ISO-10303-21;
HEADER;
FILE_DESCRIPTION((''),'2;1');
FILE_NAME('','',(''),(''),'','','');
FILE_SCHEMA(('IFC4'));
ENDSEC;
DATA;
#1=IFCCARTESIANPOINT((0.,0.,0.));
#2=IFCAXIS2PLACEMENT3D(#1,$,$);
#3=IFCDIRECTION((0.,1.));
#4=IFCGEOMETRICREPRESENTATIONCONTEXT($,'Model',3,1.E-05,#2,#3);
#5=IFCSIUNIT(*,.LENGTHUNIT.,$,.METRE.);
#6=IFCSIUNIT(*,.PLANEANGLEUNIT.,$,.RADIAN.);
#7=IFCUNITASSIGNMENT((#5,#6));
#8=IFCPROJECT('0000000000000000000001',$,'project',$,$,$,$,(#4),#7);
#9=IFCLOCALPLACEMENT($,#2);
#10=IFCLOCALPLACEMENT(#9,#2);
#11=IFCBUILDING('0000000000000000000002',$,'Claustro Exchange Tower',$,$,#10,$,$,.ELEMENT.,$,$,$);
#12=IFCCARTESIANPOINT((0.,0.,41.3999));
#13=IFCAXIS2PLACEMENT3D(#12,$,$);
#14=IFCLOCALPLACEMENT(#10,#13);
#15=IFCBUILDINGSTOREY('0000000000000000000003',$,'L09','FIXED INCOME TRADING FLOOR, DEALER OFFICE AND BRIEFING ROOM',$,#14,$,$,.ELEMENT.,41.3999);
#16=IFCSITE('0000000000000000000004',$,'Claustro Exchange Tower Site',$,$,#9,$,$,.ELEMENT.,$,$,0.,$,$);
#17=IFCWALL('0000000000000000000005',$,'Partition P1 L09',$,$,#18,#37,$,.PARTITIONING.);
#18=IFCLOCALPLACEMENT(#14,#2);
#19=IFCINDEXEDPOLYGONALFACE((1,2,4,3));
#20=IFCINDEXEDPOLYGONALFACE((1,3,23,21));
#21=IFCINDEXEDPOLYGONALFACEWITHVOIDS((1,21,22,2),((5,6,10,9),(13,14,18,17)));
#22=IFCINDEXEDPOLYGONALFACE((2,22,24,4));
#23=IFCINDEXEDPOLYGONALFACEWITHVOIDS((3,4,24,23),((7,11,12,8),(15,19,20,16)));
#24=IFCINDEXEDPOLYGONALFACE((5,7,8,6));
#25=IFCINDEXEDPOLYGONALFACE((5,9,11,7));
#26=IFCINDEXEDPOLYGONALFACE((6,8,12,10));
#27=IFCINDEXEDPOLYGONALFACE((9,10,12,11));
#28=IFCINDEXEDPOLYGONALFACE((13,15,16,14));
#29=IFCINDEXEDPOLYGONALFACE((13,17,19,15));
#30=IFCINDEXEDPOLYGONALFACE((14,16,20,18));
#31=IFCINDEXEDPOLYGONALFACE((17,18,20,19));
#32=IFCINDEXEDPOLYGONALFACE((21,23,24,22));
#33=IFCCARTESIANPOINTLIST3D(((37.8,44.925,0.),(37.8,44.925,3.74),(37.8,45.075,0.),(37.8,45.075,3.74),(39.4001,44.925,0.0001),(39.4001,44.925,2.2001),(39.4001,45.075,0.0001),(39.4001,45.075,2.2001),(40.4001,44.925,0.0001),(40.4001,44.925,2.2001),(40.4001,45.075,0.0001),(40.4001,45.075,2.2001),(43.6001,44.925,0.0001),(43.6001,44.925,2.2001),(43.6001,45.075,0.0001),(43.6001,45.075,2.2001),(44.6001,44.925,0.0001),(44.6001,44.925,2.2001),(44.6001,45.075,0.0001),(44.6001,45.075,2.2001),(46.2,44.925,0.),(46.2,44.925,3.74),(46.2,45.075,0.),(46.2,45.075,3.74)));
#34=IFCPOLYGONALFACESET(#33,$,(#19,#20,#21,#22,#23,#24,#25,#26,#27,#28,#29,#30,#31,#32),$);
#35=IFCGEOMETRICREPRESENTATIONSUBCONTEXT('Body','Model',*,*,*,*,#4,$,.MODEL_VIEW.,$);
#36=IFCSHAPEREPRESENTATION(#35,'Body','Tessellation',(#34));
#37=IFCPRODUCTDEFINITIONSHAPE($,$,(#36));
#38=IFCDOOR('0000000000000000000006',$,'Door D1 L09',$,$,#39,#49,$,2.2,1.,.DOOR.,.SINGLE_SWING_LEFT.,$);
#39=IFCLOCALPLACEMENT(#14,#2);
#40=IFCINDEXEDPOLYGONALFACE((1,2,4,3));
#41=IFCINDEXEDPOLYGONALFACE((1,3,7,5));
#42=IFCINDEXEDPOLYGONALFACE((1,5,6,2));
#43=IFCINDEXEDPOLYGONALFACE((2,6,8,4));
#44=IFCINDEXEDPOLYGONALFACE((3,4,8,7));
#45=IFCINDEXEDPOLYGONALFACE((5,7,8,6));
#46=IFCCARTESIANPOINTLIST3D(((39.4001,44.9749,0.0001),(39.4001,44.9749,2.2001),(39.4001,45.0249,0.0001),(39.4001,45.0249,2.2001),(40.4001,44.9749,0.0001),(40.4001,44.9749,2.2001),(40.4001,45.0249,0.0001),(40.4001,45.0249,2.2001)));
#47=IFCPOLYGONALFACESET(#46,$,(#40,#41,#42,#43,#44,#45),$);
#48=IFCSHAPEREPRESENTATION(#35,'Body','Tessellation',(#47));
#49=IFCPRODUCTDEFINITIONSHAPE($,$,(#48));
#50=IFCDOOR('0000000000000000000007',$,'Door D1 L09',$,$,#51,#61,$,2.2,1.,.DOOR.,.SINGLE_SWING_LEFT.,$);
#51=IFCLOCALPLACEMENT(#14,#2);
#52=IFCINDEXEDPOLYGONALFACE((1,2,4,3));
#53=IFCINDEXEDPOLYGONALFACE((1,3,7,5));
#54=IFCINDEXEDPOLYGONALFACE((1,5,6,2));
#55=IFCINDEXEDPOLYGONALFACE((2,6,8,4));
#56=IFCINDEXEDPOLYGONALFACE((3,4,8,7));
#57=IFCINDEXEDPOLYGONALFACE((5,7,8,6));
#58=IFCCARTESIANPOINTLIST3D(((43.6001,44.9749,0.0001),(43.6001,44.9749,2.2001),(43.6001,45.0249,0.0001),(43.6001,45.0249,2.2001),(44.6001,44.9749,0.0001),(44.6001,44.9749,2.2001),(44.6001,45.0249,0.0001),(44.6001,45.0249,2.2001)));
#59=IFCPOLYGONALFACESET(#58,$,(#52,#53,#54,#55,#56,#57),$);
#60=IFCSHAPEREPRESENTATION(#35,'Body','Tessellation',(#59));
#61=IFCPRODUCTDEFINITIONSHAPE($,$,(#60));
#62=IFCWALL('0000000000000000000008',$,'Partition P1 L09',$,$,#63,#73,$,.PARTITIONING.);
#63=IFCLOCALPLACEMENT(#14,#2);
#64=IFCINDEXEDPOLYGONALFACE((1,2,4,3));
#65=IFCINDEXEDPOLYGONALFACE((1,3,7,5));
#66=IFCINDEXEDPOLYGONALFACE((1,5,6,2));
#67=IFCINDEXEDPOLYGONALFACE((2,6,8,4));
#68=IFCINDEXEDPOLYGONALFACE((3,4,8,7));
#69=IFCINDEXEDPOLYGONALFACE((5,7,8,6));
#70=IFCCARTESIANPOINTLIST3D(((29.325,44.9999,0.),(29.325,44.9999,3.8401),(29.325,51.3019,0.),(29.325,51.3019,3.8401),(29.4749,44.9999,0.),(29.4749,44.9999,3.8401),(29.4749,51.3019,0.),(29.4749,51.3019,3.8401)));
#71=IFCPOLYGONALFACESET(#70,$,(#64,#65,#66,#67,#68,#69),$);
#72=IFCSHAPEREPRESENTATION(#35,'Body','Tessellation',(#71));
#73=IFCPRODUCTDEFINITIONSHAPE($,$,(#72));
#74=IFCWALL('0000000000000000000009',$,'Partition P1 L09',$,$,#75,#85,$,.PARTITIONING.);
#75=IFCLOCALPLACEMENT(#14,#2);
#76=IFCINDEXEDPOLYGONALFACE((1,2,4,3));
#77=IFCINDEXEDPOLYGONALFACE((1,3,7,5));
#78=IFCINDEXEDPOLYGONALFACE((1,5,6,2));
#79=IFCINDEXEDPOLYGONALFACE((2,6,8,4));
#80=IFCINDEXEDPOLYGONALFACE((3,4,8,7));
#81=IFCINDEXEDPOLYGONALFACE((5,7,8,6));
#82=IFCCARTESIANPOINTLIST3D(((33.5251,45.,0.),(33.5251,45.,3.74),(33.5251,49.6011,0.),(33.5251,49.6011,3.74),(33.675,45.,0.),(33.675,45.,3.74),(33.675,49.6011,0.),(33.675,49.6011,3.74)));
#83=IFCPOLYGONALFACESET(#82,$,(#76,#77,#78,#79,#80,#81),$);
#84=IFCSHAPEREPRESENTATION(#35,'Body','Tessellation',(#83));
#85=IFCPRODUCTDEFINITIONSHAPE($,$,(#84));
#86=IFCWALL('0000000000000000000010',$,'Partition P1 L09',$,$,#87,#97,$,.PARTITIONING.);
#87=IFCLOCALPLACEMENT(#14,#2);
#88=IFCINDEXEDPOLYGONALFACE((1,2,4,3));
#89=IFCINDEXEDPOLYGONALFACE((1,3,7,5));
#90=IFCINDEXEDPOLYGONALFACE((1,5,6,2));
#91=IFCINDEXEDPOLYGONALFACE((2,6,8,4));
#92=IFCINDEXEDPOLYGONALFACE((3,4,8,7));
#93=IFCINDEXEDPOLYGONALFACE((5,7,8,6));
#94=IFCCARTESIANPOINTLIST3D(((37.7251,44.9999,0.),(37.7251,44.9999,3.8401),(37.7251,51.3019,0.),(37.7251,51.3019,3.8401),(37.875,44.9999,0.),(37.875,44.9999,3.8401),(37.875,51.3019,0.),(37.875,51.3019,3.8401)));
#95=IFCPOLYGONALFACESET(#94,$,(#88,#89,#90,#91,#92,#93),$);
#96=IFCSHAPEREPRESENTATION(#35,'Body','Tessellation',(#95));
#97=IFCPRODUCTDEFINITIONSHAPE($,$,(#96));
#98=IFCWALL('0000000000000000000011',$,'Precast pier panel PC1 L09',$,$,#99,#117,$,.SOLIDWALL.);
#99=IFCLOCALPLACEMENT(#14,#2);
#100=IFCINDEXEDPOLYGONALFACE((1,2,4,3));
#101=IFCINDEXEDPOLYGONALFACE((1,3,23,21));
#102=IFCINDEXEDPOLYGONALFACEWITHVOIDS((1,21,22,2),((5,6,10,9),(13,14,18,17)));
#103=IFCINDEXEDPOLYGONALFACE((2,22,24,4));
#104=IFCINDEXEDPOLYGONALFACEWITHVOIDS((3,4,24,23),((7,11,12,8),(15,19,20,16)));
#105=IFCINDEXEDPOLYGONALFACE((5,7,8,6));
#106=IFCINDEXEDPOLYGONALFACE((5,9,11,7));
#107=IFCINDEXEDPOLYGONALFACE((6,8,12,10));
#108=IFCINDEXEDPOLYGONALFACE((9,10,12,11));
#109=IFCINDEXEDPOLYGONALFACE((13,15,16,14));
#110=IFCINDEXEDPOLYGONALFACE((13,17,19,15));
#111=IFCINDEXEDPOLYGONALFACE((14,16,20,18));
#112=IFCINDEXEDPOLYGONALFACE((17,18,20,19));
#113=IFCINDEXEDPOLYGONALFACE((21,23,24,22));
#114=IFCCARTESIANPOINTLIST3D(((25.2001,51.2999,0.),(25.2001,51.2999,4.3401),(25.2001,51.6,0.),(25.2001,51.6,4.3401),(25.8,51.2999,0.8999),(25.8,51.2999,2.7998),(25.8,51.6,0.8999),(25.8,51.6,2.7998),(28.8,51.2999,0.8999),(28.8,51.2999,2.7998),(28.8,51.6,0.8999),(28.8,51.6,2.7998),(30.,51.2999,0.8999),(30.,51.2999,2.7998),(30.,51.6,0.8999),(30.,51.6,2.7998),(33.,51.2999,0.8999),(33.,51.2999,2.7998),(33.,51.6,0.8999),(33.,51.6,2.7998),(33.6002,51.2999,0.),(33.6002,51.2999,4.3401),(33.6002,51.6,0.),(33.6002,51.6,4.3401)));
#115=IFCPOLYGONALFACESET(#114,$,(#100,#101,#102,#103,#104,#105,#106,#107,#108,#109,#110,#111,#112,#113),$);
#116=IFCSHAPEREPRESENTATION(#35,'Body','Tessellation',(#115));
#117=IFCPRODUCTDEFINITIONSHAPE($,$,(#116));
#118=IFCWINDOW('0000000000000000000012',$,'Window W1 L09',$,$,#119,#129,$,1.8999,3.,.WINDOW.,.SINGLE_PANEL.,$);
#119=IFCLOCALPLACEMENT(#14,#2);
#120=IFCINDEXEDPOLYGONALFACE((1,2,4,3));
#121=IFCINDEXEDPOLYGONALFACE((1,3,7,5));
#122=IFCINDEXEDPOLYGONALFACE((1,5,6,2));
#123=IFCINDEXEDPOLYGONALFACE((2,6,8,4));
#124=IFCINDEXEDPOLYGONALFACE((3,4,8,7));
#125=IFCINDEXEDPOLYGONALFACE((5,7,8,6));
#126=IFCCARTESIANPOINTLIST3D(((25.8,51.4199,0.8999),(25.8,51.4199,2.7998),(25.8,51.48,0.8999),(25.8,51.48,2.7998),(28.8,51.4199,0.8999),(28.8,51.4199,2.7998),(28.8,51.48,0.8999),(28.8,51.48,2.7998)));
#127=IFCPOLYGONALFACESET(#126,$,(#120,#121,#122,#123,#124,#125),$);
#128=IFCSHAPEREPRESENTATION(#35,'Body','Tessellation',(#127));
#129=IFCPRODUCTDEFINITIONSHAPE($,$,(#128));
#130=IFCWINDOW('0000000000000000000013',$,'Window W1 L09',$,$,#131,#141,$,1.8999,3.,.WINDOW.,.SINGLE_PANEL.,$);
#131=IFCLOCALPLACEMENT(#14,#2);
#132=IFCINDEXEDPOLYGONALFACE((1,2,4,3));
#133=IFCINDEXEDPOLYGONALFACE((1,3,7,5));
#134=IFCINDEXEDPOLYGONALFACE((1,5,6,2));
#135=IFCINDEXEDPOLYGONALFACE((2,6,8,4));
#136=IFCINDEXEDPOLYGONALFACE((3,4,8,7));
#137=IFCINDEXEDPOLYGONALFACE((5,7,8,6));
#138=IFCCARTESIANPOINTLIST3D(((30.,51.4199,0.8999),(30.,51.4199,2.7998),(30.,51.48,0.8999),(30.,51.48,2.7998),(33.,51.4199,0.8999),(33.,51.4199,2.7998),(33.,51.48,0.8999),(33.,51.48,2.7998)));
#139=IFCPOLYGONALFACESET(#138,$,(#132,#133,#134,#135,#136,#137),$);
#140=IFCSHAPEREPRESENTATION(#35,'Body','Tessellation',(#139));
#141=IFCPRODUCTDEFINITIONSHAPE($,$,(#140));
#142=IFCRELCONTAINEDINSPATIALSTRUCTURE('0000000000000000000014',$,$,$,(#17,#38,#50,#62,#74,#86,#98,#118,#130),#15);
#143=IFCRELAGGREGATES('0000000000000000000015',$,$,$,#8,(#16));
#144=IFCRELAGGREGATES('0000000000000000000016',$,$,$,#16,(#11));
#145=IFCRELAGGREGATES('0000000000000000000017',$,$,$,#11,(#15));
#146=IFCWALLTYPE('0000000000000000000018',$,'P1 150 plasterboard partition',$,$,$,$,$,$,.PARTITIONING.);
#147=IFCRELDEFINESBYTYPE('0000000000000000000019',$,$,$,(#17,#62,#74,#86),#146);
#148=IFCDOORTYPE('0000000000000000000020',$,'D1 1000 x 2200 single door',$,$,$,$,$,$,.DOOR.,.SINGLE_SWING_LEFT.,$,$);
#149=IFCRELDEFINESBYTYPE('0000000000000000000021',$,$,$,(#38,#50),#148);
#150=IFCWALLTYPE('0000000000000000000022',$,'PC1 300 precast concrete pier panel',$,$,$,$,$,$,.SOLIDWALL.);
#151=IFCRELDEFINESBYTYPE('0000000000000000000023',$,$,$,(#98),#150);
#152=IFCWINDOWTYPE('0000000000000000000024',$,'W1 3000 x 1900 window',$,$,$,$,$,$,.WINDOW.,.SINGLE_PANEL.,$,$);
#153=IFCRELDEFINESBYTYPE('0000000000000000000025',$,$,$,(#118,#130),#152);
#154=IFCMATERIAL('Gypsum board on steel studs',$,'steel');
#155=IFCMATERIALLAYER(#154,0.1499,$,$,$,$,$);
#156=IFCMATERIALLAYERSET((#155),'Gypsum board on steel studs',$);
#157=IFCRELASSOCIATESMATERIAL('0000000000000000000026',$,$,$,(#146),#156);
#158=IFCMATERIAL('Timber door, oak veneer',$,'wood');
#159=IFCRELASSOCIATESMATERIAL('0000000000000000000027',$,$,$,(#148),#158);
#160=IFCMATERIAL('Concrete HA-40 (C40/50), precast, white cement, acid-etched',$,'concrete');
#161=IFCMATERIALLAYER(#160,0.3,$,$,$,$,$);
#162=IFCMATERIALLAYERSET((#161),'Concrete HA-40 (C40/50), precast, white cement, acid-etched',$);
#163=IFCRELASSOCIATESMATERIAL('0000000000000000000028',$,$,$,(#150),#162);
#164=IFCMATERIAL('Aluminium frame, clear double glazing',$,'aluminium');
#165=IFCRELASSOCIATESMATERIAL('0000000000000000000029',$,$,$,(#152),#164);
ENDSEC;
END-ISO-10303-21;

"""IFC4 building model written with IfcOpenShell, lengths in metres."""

from ifc_helpers import new_model, si_unit, direction, frame, frame_2d, origin, place, context, subcontext, project, spatial, rectangle, extrude, material, layer, layer_set, type_object, element, fill, save


model = new_model("IFC4")

# Units and contexts
model_context = context("Model", 3, precision=1e-05, world=origin(), true_north=direction((0.0, 1.0)))
body_context = subcontext(model_context, "Body", "Model", "MODEL_VIEW")
ifc_project = project(units=[si_unit("LENGTHUNIT", "METRE"), si_unit("PLANEANGLEUNIT", "RADIAN")], contexts=[model_context])

# Site, building, storey
site_placement = place(None, origin())
site = spatial("IfcSite", under=ifc_project, at=site_placement, Name="Claustro Exchange Tower Site", CompositionType="ELEMENT", RefElevation=0.0)
building_placement = place(site_placement, origin())
building = spatial("IfcBuilding", under=site, at=building_placement, Name="Claustro Exchange Tower", CompositionType="ELEMENT")
storey_placement = place(building_placement, frame((0.0, 0.0, 41.3999)))
storey = spatial("IfcBuildingStorey", under=building, at=storey_placement, Name="L09", Description="FIXED INCOME TRADING FLOOR, DEALER OFFICE AND BRIEFING ROOM", CompositionType="ELEMENT", Elevation=41.3999)

# Shared definitions
ifc_material_1 = material(Name="Gypsum board on steel studs", Category="steel")
ifc_layer_1 = layer(ifc_material_1, 0.1499)
ifc_layer_set_1 = layer_set([ifc_layer_1], Name="Gypsum board on steel studs")
wall_type_1 = type_object("IfcWallType", Name="P1 150 plasterboard partition", PredefinedType="PARTITIONING", material=ifc_layer_set_1)

# Shared definitions
ifc_material_2 = material(Name="Timber door, oak veneer", Category="wood")
door_type = type_object("IfcDoorType", Name="D1 1000 x 2200 single door", OperationType="SINGLE_SWING_LEFT", PredefinedType="DOOR", material=ifc_material_2)

# Wall, openings, doors
wall_1_placement = place(storey_placement, frame((37.8, 45.0, 0.0), z_axis=(0.0, 0.0, 1.0), x_axis=(1.0, 0.0, 0.0)))
wall_1 = element("IfcWall", 1, at=wall_1_placement, inside=storey, type_object=wall_type_1, Name="Partition P1 L09", PredefinedType="PARTITIONING", context=body_context, shape_type="SweptSolid", body=[
    extrude(rectangle(XDim=8.3999, YDim=0.1499, at=frame_2d((4.2, 0.0))), origin(), (0.0, 0.0, 1.0), 3.74),
])
opening_1_placement = place(wall_1_placement, frame((1.6001, 0.0, 0.0)))
opening_1 = element("IfcOpeningElement", 2, at=opening_1_placement, cuts=wall_1, PredefinedType="OPENING", context=body_context, shape_type="SweptSolid", body=[
    extrude(rectangle(XDim=1.0, YDim=2.2, at=frame_2d((0.5, 1.1001))), frame((0.0, 0.085, 0.0), z_axis=(0.0, -1.0, 0.0), x_axis=(1.0, 0.0, 0.0)), (0.0, 0.0, 1.0), 0.1699),
])
opening_2_placement = place(wall_1_placement, frame((5.8, 0.0, 0.0)))
opening_2 = element("IfcOpeningElement", 3, at=opening_2_placement, cuts=wall_1, PredefinedType="OPENING", context=body_context, shape_type="SweptSolid", body=[
    extrude(rectangle(XDim=1.0, YDim=2.2, at=frame_2d((0.5, 1.1001))), frame((0.0, 0.085, 0.0), z_axis=(0.0, -1.0, 0.0), x_axis=(1.0, 0.0, 0.0)), (0.0, 0.0, 1.0), 0.1699),
])
door_1_placement = place(opening_1_placement, origin())
door_1 = element("IfcDoor", 4, at=door_1_placement, inside=storey, type_object=door_type, Name="Door D1 L09", OperationType="SINGLE_SWING_LEFT", OverallHeight=2.2, OverallWidth=1.0, PredefinedType="DOOR", context=body_context, shape_type="SweptSolid", body=[
    extrude(rectangle(XDim=1.0, YDim=2.2, at=frame_2d((0.5, 1.1001))), frame((0.0, 0.0249, 0.0), z_axis=(0.0, -1.0, 0.0), x_axis=(1.0, 0.0, 0.0)), (0.0, 0.0, 1.0), 0.05),
])
fill(opening_1, door_1)
door_2_placement = place(opening_2_placement, origin())
door_2 = element("IfcDoor", 5, at=door_2_placement, inside=storey, type_object=door_type, Name="Door D1 L09", OperationType="SINGLE_SWING_LEFT", OverallHeight=2.2, OverallWidth=1.0, PredefinedType="DOOR", context=body_context, shape_type="SweptSolid", body=[
    extrude(rectangle(XDim=1.0, YDim=2.2, at=frame_2d((0.5, 1.1001))), frame((0.0, 0.0249, 0.0), z_axis=(0.0, -1.0, 0.0), x_axis=(1.0, 0.0, 0.0)), (0.0, 0.0, 1.0), 0.05),
])
fill(opening_2, door_2)

# Walls
wall_2_placement = place(storey_placement, frame((29.3999, 45.0, 0.0), z_axis=(0.0, 0.0, 1.0), x_axis=(0.0, 1.0, 0.0)))
element("IfcWall", 6, at=wall_2_placement, inside=storey, type_object=wall_type_1, Name="Partition P1 L09", PredefinedType="PARTITIONING", context=body_context, shape_type="SweptSolid", body=[
    extrude(rectangle(XDim=6.302, YDim=0.1499, at=frame_2d((3.1509, 0.0))), origin(), (0.0, 0.0, 1.0), 3.8401),
])
wall_3_placement = place(storey_placement, frame((33.6001, 45.0, 0.0), z_axis=(0.0, 0.0, 1.0), x_axis=(0.0, 1.0, 0.0)))
element("IfcWall", 7, at=wall_3_placement, inside=storey, type_object=wall_type_1, Name="Partition P1 L09", PredefinedType="PARTITIONING", context=body_context, shape_type="SweptSolid", body=[
    extrude(rectangle(XDim=4.6011, YDim=0.1499, at=frame_2d((2.3005, 0.0))), origin(), (0.0, 0.0, 1.0), 3.74),
])
wall_4_placement = place(storey_placement, frame((37.8, 45.0, 0.0), z_axis=(0.0, 0.0, 1.0), x_axis=(0.0, 1.0, 0.0)))
element("IfcWall", 8, at=wall_4_placement, inside=storey, type_object=wall_type_1, Name="Partition P1 L09", PredefinedType="PARTITIONING", context=body_context, shape_type="SweptSolid", body=[
    extrude(rectangle(XDim=6.302, YDim=0.1499, at=frame_2d((3.1509, 0.0))), origin(), (0.0, 0.0, 1.0), 3.8401),
])

# Wall, openings, windows
ifc_material_3 = material(Name="Concrete HA-40 (C40/50), precast, white cement, acid-etched", Category="concrete")
ifc_layer_2 = layer(ifc_material_3, 0.3)
ifc_layer_set_2 = layer_set([ifc_layer_2], Name="Concrete HA-40 (C40/50), precast, white cement, acid-etched")
wall_type_2 = type_object("IfcWallType", Name="PC1 300 precast concrete pier panel", PredefinedType="SOLIDWALL", material=ifc_layer_set_2)
wall_5_placement = place(storey_placement, frame((25.2, 51.45, 0.0), z_axis=(0.0, 0.0, 1.0), x_axis=(1.0, 0.0, 0.0)))
wall_5 = element("IfcWall", 9, at=wall_5_placement, inside=storey, type_object=wall_type_2, Name="Precast pier panel PC1 L09", PredefinedType="SOLIDWALL", context=body_context, shape_type="SweptSolid", body=[
    extrude(rectangle(XDim=8.4001, YDim=0.3, at=frame_2d((4.2002, 0.0))), origin(), (0.0, 0.0, 1.0), 4.3401),
])
opening_3_placement = place(wall_5_placement, frame((0.6001, 0.0, 0.8999)))
opening_3 = element("IfcOpeningElement", 10, at=opening_3_placement, cuts=wall_5, PredefinedType="OPENING", context=body_context, shape_type="SweptSolid", body=[
    extrude(rectangle(XDim=3.0, YDim=1.8999, at=frame_2d((1.5, 0.95))), frame((0.0, 0.1599, 0.0), z_axis=(0.0, -1.0, 0.0), x_axis=(1.0, 0.0, 0.0)), (0.0, 0.0, 1.0), 0.3201),
])
opening_4_placement = place(wall_5_placement, frame((4.8, 0.0, 0.8999)))
opening_4 = element("IfcOpeningElement", 11, at=opening_4_placement, cuts=wall_5, PredefinedType="OPENING", context=body_context, shape_type="SweptSolid", body=[
    extrude(rectangle(XDim=3.0, YDim=1.8999, at=frame_2d((1.5, 0.95))), frame((0.0, 0.1599, 0.0), z_axis=(0.0, -1.0, 0.0), x_axis=(1.0, 0.0, 0.0)), (0.0, 0.0, 1.0), 0.3201),
])
ifc_material_4 = material(Name="Aluminium frame, clear double glazing", Category="aluminium")
window_type = type_object("IfcWindowType", Name="W1 3000 x 1900 window", PartitioningType="SINGLE_PANEL", PredefinedType="WINDOW", material=ifc_material_4)
window_1_placement = place(opening_3_placement, origin())
window_1 = element("IfcWindow", 12, at=window_1_placement, inside=storey, type_object=window_type, Name="Window W1 L09", OverallHeight=1.8999, OverallWidth=3.0, PartitioningType="SINGLE_PANEL", PredefinedType="WINDOW", context=body_context, shape_type="SweptSolid", body=[
    extrude(rectangle(XDim=3.0, YDim=1.8999, at=frame_2d((1.5, 0.95))), frame((0.0, 0.03, 0.0), z_axis=(0.0, -1.0, 0.0), x_axis=(1.0, 0.0, 0.0)), (0.0, 0.0, 1.0), 0.0601),
])
fill(opening_3, window_1)
window_2_placement = place(opening_4_placement, origin())
window_2 = element("IfcWindow", 13, at=window_2_placement, inside=storey, type_object=window_type, Name="Window W1 L09", OverallHeight=1.8999, OverallWidth=3.0, PartitioningType="SINGLE_PANEL", PredefinedType="WINDOW", context=body_context, shape_type="SweptSolid", body=[
    extrude(rectangle(XDim=3.0, YDim=1.8999, at=frame_2d((1.5, 0.95))), frame((0.0, 0.03, 0.0), z_axis=(0.0, -1.0, 0.0), x_axis=(1.0, 0.0, 0.0)), (0.0, 0.0, 1.0), 0.0601),
])
fill(opening_4, window_2)

save(model, "model.ifc")
